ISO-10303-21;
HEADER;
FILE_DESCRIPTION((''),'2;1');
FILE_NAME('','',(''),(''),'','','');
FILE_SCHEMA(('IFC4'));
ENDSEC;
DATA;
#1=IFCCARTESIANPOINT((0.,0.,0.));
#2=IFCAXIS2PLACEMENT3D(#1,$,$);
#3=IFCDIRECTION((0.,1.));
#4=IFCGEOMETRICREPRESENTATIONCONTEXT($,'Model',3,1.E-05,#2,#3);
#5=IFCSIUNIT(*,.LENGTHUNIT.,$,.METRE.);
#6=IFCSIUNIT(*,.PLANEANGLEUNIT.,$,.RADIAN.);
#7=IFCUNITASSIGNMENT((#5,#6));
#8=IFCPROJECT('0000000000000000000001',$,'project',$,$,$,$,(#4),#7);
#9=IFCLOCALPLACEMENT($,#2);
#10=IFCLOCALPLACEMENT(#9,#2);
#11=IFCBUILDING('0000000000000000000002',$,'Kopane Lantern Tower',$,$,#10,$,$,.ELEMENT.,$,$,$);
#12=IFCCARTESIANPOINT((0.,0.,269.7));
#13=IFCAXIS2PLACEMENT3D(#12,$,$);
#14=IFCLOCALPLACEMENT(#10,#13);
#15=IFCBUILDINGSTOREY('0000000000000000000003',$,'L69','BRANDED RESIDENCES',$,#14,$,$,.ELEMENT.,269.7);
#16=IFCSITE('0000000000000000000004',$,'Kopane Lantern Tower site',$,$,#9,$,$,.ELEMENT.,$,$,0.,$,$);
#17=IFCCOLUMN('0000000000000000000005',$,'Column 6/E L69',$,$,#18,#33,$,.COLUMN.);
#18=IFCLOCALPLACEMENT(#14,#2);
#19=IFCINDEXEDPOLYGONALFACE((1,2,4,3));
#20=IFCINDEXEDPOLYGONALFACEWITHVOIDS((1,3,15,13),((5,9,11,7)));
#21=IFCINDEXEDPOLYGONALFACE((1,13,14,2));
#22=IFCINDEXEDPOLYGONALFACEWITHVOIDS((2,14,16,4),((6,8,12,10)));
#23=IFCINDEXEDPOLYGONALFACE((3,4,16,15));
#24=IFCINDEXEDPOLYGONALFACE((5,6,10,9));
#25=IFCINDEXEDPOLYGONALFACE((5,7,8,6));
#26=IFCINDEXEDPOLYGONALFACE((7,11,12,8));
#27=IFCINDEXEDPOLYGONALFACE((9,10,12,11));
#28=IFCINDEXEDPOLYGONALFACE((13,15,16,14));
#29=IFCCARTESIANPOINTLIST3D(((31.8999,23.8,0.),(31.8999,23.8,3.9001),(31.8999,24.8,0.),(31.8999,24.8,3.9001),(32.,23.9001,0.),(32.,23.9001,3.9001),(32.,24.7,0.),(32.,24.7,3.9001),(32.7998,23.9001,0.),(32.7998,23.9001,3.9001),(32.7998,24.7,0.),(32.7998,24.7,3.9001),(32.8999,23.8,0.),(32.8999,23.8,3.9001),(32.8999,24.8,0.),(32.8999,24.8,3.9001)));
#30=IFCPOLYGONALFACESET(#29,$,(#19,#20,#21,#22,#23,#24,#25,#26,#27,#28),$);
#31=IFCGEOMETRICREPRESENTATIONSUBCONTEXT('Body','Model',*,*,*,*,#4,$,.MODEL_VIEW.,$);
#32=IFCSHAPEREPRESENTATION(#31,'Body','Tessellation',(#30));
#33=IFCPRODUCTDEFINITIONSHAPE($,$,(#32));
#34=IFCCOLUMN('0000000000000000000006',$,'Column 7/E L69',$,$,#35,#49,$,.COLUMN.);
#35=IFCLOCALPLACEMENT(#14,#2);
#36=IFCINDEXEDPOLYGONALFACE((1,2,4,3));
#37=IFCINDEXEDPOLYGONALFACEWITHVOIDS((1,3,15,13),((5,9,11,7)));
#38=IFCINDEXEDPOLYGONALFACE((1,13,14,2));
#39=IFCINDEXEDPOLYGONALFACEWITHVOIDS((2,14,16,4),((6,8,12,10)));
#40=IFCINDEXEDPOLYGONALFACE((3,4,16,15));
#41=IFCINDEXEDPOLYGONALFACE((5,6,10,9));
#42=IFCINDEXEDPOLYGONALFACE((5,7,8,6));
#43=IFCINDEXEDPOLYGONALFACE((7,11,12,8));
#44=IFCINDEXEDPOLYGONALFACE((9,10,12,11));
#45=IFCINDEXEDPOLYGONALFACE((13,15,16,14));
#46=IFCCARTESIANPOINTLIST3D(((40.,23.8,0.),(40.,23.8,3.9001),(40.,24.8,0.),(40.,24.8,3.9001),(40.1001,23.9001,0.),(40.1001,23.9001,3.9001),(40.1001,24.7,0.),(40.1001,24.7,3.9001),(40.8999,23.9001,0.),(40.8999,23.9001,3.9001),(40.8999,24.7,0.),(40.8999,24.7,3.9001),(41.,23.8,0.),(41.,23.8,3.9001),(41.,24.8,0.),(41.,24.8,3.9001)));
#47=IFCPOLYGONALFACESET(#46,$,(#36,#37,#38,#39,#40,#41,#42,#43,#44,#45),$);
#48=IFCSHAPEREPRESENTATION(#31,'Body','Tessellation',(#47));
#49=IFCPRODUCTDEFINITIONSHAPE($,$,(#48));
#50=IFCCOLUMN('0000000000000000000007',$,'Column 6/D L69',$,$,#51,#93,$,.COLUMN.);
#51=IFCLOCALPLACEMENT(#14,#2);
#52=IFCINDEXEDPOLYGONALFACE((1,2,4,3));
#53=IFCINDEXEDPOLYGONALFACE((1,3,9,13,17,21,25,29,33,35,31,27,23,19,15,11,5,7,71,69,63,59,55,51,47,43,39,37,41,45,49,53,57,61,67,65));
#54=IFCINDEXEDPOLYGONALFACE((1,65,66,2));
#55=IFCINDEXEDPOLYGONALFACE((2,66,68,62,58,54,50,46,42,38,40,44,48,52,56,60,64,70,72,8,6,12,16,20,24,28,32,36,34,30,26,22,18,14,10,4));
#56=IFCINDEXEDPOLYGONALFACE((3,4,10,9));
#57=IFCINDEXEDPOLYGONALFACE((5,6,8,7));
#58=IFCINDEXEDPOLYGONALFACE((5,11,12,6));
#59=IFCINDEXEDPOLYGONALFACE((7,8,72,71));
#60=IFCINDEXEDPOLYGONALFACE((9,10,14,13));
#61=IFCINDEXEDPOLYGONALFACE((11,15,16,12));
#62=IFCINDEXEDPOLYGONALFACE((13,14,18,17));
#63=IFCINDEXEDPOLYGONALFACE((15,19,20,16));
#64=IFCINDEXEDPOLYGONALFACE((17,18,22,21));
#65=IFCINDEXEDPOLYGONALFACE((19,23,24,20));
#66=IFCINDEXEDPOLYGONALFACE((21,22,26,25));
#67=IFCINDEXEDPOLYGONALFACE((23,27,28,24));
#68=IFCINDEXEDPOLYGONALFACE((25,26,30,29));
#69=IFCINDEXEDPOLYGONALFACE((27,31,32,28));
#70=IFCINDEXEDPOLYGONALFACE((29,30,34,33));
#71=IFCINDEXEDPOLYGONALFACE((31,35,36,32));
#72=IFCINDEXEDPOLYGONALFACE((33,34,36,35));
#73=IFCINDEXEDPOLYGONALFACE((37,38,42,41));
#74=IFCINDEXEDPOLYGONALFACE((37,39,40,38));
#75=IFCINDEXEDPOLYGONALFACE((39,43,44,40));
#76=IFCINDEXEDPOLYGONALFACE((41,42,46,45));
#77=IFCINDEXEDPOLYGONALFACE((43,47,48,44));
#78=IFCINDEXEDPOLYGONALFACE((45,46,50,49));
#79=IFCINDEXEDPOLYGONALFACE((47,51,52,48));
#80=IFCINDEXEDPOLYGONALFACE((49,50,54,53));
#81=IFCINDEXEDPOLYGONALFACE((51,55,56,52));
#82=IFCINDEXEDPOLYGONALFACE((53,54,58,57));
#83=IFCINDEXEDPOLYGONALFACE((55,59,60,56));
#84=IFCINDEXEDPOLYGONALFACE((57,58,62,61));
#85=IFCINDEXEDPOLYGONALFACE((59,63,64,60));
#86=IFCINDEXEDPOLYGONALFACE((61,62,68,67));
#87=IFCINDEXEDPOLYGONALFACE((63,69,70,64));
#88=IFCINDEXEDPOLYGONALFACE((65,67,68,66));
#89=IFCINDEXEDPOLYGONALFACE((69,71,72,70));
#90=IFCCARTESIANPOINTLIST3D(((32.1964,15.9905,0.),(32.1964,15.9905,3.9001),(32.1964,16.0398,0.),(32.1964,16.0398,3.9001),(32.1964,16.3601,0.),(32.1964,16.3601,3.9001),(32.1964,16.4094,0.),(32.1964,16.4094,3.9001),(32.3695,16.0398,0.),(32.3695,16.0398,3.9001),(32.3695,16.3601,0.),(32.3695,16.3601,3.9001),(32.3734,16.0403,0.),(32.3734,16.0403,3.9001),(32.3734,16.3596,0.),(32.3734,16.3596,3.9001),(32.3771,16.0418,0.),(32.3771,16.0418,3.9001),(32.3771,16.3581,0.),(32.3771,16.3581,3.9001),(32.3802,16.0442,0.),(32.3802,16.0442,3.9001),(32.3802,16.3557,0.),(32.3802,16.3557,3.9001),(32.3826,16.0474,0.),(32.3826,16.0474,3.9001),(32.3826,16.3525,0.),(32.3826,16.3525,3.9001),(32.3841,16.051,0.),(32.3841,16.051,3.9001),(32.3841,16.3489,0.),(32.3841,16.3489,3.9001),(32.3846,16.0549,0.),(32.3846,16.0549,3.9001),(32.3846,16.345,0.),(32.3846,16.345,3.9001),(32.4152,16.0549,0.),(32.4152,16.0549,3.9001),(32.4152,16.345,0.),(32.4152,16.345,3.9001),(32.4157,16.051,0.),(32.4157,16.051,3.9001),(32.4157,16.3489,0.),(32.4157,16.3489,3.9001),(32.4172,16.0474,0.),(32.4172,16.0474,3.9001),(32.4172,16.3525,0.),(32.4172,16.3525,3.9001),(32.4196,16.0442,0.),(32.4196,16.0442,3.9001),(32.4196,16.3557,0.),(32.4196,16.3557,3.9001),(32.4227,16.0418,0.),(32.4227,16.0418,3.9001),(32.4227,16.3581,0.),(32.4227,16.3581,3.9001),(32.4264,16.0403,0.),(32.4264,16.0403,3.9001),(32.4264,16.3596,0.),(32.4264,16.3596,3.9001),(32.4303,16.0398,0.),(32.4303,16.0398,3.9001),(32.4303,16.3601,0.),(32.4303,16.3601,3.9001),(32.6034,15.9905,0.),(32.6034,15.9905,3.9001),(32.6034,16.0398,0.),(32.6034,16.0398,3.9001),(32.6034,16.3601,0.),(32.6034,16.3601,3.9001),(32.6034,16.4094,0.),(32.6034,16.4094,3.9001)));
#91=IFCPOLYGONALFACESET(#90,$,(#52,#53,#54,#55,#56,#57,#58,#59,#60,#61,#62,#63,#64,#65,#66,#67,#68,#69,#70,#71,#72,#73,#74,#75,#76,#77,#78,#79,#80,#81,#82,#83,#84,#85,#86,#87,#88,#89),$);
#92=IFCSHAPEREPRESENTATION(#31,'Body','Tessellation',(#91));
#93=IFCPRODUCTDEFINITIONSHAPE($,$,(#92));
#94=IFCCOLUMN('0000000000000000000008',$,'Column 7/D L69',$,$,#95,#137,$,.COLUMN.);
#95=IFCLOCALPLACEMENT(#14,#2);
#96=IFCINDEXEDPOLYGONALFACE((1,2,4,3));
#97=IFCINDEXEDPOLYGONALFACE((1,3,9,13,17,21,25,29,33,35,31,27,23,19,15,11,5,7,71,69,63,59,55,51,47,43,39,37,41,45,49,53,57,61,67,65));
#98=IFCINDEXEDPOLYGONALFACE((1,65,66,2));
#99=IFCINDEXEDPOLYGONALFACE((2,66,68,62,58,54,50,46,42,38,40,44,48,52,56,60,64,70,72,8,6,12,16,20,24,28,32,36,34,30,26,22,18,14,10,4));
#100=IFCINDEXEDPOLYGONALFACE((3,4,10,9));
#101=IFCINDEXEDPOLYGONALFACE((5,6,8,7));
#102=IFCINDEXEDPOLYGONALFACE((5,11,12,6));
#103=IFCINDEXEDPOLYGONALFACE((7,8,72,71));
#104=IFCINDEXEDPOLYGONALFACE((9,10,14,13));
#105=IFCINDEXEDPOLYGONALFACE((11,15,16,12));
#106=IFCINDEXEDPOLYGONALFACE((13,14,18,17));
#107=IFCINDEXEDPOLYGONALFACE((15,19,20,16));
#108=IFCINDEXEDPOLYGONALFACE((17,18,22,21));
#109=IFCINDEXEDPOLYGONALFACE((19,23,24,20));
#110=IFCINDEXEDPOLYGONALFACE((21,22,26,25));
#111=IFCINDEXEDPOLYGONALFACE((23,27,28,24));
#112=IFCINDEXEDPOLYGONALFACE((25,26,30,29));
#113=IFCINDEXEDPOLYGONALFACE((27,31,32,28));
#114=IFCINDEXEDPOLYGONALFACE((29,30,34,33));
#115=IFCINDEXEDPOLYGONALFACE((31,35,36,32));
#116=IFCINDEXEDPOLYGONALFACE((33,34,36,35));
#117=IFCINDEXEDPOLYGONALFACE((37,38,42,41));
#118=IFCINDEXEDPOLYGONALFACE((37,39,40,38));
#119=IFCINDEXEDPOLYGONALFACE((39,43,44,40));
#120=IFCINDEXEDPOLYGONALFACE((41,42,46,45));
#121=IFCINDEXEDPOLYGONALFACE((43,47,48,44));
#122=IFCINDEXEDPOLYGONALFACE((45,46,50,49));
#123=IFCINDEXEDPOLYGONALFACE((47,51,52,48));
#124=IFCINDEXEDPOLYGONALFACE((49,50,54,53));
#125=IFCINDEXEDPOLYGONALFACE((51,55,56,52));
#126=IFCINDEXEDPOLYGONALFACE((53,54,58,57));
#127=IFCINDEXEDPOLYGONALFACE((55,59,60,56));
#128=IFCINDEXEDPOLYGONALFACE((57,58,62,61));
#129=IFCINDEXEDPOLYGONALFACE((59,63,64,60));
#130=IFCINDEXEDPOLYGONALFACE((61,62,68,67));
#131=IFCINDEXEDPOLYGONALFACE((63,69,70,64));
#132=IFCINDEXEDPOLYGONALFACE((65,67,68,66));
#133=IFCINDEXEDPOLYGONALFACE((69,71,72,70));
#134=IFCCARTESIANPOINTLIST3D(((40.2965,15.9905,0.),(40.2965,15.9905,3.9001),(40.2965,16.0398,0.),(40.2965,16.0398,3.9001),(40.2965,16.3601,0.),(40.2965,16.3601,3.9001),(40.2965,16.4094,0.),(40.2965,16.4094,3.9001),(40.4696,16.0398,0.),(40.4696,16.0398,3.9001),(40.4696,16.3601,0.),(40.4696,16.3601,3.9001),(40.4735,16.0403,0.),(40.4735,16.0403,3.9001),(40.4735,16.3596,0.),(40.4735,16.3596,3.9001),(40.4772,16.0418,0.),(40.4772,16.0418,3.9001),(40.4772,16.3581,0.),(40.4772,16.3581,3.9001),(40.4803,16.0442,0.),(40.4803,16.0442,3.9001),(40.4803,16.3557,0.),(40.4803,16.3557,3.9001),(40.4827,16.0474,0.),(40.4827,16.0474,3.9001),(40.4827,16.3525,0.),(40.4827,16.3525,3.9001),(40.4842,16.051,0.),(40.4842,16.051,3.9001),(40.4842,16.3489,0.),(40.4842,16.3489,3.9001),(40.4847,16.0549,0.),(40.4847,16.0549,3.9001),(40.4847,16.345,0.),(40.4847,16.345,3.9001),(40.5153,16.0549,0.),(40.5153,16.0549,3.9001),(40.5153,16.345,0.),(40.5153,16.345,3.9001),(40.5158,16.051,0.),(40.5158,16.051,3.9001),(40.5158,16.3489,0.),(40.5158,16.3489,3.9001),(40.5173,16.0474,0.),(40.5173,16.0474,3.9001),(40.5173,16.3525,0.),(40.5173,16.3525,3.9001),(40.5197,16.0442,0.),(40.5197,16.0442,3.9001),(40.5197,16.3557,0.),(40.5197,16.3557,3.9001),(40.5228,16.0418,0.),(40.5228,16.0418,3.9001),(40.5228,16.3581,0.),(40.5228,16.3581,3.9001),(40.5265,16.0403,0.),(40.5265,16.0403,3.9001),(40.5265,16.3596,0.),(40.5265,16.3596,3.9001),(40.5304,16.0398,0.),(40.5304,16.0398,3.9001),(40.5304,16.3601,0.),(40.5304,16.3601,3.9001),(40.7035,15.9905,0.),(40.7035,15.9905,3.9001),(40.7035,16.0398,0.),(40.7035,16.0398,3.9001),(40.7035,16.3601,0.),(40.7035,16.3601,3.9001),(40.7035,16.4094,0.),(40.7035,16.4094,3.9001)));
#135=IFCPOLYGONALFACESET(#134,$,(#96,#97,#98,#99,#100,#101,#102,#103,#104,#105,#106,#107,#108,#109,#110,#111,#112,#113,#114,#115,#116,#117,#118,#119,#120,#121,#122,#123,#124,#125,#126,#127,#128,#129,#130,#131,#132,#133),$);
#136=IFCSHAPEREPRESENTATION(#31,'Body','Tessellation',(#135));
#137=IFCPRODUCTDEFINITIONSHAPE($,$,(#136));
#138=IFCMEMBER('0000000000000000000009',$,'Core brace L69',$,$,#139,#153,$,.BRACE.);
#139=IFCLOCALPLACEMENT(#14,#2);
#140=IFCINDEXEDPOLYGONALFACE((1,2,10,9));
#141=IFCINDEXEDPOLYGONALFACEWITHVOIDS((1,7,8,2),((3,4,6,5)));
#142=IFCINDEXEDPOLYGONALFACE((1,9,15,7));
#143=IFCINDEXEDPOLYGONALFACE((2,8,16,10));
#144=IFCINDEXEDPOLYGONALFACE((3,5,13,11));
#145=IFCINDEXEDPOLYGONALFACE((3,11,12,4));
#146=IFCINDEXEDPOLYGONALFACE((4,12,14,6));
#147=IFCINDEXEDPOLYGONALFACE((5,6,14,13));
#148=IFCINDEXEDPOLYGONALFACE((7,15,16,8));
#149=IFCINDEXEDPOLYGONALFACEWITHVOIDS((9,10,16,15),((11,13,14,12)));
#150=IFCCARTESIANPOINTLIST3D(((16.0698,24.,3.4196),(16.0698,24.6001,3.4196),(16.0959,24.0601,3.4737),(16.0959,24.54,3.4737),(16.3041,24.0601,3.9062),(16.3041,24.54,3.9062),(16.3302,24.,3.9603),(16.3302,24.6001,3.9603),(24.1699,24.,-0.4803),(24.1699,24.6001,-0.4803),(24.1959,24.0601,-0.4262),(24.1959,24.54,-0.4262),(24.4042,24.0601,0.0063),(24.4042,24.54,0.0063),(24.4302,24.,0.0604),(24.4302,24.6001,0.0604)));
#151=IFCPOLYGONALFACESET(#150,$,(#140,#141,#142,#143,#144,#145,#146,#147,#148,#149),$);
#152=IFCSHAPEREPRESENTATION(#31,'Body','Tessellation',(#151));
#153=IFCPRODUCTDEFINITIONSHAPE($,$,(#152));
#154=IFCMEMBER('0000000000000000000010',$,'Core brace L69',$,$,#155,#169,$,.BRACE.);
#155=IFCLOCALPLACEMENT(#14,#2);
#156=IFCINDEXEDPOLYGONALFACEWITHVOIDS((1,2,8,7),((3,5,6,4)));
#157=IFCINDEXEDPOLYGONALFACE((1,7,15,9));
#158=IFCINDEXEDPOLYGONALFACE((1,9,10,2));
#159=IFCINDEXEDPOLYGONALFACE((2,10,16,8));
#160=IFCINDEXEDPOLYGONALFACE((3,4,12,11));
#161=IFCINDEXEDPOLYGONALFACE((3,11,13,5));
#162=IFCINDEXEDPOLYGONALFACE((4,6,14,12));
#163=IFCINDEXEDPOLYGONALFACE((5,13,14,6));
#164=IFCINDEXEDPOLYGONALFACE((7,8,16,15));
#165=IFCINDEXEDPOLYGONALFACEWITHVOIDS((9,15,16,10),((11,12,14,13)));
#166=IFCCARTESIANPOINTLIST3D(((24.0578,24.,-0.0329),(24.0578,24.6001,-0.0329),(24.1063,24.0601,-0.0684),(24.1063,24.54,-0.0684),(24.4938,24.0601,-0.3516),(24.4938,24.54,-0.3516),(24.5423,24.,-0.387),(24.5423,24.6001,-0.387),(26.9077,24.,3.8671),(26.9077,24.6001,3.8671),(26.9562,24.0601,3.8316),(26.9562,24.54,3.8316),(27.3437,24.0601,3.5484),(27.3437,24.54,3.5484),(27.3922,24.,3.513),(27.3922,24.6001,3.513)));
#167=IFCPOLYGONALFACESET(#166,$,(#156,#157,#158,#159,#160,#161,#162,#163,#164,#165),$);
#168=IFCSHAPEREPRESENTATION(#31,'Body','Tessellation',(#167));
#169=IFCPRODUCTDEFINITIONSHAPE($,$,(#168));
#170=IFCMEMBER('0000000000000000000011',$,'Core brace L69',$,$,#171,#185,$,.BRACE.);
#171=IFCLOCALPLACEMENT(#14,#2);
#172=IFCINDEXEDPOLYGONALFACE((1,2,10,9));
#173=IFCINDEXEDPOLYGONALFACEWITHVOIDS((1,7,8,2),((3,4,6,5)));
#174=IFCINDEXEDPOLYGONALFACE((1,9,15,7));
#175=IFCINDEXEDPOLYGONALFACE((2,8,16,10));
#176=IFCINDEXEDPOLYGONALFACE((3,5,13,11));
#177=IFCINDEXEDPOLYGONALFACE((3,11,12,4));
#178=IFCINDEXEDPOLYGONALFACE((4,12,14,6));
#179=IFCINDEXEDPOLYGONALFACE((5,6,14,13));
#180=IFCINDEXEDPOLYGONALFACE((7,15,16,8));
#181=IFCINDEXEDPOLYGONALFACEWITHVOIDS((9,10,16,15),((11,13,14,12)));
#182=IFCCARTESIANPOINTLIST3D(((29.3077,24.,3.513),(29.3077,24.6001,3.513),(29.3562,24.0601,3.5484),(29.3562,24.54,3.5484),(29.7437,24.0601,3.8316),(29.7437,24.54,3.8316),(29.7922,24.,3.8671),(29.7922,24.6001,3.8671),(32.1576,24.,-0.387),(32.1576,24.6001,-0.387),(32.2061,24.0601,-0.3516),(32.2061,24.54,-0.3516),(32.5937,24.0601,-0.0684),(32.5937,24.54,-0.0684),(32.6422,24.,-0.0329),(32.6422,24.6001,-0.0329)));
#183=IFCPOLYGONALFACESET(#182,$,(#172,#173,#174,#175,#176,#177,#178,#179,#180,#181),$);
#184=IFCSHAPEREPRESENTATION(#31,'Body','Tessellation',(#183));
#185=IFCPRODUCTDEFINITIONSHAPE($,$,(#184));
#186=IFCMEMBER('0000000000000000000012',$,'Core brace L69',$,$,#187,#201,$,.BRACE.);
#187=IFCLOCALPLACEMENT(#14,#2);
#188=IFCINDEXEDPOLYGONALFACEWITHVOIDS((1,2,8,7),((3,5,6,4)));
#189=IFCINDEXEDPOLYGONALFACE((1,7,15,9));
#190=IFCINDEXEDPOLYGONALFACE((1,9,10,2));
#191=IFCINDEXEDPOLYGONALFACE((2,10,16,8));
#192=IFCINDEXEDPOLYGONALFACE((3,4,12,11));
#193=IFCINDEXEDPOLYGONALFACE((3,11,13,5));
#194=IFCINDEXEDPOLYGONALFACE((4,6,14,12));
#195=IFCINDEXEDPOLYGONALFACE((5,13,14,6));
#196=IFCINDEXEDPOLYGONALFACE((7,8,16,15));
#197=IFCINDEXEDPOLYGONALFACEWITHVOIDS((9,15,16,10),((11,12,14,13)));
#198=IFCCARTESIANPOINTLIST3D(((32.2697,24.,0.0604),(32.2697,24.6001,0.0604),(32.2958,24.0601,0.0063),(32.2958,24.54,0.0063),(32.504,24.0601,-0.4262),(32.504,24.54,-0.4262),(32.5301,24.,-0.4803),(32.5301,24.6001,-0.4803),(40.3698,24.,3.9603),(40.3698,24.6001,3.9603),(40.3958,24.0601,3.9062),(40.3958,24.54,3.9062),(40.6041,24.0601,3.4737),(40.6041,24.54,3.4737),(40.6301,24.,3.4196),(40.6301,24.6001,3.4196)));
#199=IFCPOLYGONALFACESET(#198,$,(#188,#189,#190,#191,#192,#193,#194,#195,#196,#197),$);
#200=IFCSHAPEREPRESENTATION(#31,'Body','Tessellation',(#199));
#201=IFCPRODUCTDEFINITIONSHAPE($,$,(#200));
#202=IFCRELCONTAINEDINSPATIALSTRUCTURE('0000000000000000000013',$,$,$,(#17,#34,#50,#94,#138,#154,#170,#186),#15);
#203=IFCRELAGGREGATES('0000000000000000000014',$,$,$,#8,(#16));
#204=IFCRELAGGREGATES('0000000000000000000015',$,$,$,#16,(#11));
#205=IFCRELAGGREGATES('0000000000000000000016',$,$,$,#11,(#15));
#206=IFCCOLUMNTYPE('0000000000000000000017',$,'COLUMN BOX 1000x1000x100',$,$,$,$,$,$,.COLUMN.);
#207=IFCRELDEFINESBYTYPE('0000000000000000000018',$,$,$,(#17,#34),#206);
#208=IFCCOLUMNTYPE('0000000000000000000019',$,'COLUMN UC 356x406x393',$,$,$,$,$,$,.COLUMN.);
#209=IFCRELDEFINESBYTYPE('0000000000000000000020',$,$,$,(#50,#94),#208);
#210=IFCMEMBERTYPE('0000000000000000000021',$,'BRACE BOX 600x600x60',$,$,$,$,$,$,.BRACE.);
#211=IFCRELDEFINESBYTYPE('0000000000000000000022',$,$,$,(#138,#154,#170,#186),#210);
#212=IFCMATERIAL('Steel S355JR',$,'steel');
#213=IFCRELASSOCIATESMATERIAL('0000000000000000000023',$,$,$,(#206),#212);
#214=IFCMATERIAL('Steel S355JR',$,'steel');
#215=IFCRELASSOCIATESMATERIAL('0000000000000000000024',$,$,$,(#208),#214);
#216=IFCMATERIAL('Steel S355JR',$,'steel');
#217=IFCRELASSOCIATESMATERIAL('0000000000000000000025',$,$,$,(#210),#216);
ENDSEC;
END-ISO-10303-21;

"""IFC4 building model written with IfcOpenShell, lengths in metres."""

from ifc_helpers import new_model, si_unit, direction, frame, origin, origin_2d, place, context, subcontext, project, spatial, hollow_rectangle, i_section, extrude, material, material_profile, profile_set, type_object, element, save


model = new_model("IFC4")

# Units and contexts
model_context = context("Model", 3, precision=1e-05, world=origin(), true_north=direction((0.0, 1.0)))
body_context = subcontext(model_context, "Body", "Model", "MODEL_VIEW")
ifc_project = project(units=[si_unit("LENGTHUNIT", "METRE"), si_unit("PLANEANGLEUNIT", "RADIAN")], contexts=[model_context])

# Site, building, storey
site_placement = place(None, origin())
site = spatial("IfcSite", under=ifc_project, at=site_placement, Name="Kopane Lantern Tower site", CompositionType="ELEMENT", RefElevation=0.0)
building_placement = place(site_placement, origin())
building = spatial("IfcBuilding", under=site, at=building_placement, Name="Kopane Lantern Tower", CompositionType="ELEMENT")
storey_placement = place(building_placement, frame((0.0, 0.0, 269.7)))
storey = spatial("IfcBuildingStorey", under=building, at=storey_placement, Name="L69", Description="BRANDED RESIDENCES", CompositionType="ELEMENT", Elevation=269.7)

# Columns
ifc_material_1 = material(Name="Steel S355JR", Category="steel")
ifc_material_profile_1 = material_profile(ifc_material_1, hollow_rectangle(XDim=1.0, YDim=1.0, WallThickness=0.1001, at=origin_2d()), Name="BOX 1000x1000x100")
ifc_profile_set_1 = profile_set([ifc_material_profile_1], Name="Steel S355JR")
column_type_1 = type_object("IfcColumnType", Name="COLUMN BOX 1000x1000x100", PredefinedType="COLUMN", material=ifc_profile_set_1)
for number, where, z_axis, x_axis, name in (
    (1, (32.3999, 24.3, 0.0), (0.0, 0.0, 1.0), (1.0, 0.0, 0.0), "Column 6/E L69"),
    (2, (40.5, 24.3, 0.0), (0.0, 0.0, 1.0), (1.0, 0.0, 0.0), "Column 7/E L69"),
):
    element("IfcColumn", number, at=place(storey_placement, frame(where, z_axis=z_axis, x_axis=x_axis)), inside=storey, type_object=column_type_1, Name=name, PredefinedType="COLUMN", context=body_context, shape_type="SweptSolid", body=[
        extrude(hollow_rectangle(XDim=1.0, YDim=1.0, WallThickness=0.1001, at=origin_2d()), origin(), (0.0, 0.0, 1.0), 3.9001),
    ])
ifc_material_2 = material(Name="Steel S355JR", Category="steel")
ifc_material_profile_2 = material_profile(ifc_material_2, i_section(OverallWidth=0.407, OverallDepth=0.4189, WebThickness=0.0305, FlangeThickness=0.0493, FilletRadius=0.0151, at=origin_2d()), Name="UC 356x406x393")
ifc_profile_set_2 = profile_set([ifc_material_profile_2], Name="Steel S355JR")
column_type_2 = type_object("IfcColumnType", Name="COLUMN UC 356x406x393", PredefinedType="COLUMN", material=ifc_profile_set_2)
for number, where, z_axis, x_axis, name in (
    (3, (32.3999, 16.2, 0.0), (0.0, 0.0, 1.0), (1.0, 0.0, 0.0), "Column 6/D L69"),
    (4, (40.5, 16.2, 0.0), (0.0, 0.0, 1.0), (1.0, 0.0, 0.0), "Column 7/D L69"),
):
    element("IfcColumn", number, at=place(storey_placement, frame(where, z_axis=z_axis, x_axis=x_axis)), inside=storey, type_object=column_type_2, Name=name, PredefinedType="COLUMN", context=body_context, shape_type="SweptSolid", body=[
        extrude(i_section(OverallWidth=0.407, OverallDepth=0.4189, WebThickness=0.0305, FlangeThickness=0.0493, FilletRadius=0.0151, at=origin_2d()), origin(), (0.0, 0.0, 1.0), 3.9001),
    ])

# Members
ifc_material_3 = material(Name="Steel S355JR", Category="steel")
ifc_material_profile_3 = material_profile(ifc_material_3, hollow_rectangle(XDim=0.6001, YDim=0.6001, WallThickness=0.0601, at=origin_2d()), Name="BOX 600x600x60")
ifc_profile_set_3 = profile_set([ifc_material_profile_3], Name="Steel S355JR")
member_type = type_object("IfcMemberType", Name="BRACE BOX 600x600x60", PredefinedType="BRACE", material=ifc_profile_set_3)
member_1_placement = place(storey_placement, frame((24.3, 24.3, -0.21), z_axis=(-0.901008, 0.0, 0.433803), x_axis=(0.0, -1.0, 0.0)))
element("IfcMember", 5, at=member_1_placement, inside=storey, type_object=member_type, Name="Core brace L69", PredefinedType="BRACE", context=body_context, shape_type="SweptSolid", body=[
    extrude(hollow_rectangle(XDim=0.6001, YDim=0.6001, WallThickness=0.0601, at=origin_2d()), origin(), (0.0, 0.0, 1.0), 8.99),
])
for number, where, z_axis, x_axis, name in (
    (6, (24.3, 24.3, -0.21), (0.590006, 0.0, 0.807399), (0.0, 1.0, 0.0), "Core brace L69"),
    (7, (32.3999, 24.3, -0.21), (-0.590006, 0.0, 0.807399), (0.0, -1.0, 0.0), "Core brace L69"),
):
    element("IfcMember", number, at=place(storey_placement, frame(where, z_axis=z_axis, x_axis=x_axis)), inside=storey, type_object=member_type, Name=name, PredefinedType="BRACE", context=body_context, shape_type="SweptSolid", body=[
        extrude(hollow_rectangle(XDim=0.6001, YDim=0.6001, WallThickness=0.0601, at=origin_2d()), origin(), (0.0, 0.0, 1.0), 4.8303),
    ])
member_2_placement = place(storey_placement, frame((32.3999, 24.3, -0.21), z_axis=(0.901008, 0.0, 0.433803), x_axis=(0.0, 1.0, 0.0)))
element("IfcMember", 8, at=member_2_placement, inside=storey, type_object=member_type, Name="Core brace L69", PredefinedType="BRACE", context=body_context, shape_type="SweptSolid", body=[
    extrude(hollow_rectangle(XDim=0.6001, YDim=0.6001, WallThickness=0.0601, at=origin_2d()), origin(), (0.0, 0.0, 1.0), 8.99),
])

save(model, "model.ifc")
